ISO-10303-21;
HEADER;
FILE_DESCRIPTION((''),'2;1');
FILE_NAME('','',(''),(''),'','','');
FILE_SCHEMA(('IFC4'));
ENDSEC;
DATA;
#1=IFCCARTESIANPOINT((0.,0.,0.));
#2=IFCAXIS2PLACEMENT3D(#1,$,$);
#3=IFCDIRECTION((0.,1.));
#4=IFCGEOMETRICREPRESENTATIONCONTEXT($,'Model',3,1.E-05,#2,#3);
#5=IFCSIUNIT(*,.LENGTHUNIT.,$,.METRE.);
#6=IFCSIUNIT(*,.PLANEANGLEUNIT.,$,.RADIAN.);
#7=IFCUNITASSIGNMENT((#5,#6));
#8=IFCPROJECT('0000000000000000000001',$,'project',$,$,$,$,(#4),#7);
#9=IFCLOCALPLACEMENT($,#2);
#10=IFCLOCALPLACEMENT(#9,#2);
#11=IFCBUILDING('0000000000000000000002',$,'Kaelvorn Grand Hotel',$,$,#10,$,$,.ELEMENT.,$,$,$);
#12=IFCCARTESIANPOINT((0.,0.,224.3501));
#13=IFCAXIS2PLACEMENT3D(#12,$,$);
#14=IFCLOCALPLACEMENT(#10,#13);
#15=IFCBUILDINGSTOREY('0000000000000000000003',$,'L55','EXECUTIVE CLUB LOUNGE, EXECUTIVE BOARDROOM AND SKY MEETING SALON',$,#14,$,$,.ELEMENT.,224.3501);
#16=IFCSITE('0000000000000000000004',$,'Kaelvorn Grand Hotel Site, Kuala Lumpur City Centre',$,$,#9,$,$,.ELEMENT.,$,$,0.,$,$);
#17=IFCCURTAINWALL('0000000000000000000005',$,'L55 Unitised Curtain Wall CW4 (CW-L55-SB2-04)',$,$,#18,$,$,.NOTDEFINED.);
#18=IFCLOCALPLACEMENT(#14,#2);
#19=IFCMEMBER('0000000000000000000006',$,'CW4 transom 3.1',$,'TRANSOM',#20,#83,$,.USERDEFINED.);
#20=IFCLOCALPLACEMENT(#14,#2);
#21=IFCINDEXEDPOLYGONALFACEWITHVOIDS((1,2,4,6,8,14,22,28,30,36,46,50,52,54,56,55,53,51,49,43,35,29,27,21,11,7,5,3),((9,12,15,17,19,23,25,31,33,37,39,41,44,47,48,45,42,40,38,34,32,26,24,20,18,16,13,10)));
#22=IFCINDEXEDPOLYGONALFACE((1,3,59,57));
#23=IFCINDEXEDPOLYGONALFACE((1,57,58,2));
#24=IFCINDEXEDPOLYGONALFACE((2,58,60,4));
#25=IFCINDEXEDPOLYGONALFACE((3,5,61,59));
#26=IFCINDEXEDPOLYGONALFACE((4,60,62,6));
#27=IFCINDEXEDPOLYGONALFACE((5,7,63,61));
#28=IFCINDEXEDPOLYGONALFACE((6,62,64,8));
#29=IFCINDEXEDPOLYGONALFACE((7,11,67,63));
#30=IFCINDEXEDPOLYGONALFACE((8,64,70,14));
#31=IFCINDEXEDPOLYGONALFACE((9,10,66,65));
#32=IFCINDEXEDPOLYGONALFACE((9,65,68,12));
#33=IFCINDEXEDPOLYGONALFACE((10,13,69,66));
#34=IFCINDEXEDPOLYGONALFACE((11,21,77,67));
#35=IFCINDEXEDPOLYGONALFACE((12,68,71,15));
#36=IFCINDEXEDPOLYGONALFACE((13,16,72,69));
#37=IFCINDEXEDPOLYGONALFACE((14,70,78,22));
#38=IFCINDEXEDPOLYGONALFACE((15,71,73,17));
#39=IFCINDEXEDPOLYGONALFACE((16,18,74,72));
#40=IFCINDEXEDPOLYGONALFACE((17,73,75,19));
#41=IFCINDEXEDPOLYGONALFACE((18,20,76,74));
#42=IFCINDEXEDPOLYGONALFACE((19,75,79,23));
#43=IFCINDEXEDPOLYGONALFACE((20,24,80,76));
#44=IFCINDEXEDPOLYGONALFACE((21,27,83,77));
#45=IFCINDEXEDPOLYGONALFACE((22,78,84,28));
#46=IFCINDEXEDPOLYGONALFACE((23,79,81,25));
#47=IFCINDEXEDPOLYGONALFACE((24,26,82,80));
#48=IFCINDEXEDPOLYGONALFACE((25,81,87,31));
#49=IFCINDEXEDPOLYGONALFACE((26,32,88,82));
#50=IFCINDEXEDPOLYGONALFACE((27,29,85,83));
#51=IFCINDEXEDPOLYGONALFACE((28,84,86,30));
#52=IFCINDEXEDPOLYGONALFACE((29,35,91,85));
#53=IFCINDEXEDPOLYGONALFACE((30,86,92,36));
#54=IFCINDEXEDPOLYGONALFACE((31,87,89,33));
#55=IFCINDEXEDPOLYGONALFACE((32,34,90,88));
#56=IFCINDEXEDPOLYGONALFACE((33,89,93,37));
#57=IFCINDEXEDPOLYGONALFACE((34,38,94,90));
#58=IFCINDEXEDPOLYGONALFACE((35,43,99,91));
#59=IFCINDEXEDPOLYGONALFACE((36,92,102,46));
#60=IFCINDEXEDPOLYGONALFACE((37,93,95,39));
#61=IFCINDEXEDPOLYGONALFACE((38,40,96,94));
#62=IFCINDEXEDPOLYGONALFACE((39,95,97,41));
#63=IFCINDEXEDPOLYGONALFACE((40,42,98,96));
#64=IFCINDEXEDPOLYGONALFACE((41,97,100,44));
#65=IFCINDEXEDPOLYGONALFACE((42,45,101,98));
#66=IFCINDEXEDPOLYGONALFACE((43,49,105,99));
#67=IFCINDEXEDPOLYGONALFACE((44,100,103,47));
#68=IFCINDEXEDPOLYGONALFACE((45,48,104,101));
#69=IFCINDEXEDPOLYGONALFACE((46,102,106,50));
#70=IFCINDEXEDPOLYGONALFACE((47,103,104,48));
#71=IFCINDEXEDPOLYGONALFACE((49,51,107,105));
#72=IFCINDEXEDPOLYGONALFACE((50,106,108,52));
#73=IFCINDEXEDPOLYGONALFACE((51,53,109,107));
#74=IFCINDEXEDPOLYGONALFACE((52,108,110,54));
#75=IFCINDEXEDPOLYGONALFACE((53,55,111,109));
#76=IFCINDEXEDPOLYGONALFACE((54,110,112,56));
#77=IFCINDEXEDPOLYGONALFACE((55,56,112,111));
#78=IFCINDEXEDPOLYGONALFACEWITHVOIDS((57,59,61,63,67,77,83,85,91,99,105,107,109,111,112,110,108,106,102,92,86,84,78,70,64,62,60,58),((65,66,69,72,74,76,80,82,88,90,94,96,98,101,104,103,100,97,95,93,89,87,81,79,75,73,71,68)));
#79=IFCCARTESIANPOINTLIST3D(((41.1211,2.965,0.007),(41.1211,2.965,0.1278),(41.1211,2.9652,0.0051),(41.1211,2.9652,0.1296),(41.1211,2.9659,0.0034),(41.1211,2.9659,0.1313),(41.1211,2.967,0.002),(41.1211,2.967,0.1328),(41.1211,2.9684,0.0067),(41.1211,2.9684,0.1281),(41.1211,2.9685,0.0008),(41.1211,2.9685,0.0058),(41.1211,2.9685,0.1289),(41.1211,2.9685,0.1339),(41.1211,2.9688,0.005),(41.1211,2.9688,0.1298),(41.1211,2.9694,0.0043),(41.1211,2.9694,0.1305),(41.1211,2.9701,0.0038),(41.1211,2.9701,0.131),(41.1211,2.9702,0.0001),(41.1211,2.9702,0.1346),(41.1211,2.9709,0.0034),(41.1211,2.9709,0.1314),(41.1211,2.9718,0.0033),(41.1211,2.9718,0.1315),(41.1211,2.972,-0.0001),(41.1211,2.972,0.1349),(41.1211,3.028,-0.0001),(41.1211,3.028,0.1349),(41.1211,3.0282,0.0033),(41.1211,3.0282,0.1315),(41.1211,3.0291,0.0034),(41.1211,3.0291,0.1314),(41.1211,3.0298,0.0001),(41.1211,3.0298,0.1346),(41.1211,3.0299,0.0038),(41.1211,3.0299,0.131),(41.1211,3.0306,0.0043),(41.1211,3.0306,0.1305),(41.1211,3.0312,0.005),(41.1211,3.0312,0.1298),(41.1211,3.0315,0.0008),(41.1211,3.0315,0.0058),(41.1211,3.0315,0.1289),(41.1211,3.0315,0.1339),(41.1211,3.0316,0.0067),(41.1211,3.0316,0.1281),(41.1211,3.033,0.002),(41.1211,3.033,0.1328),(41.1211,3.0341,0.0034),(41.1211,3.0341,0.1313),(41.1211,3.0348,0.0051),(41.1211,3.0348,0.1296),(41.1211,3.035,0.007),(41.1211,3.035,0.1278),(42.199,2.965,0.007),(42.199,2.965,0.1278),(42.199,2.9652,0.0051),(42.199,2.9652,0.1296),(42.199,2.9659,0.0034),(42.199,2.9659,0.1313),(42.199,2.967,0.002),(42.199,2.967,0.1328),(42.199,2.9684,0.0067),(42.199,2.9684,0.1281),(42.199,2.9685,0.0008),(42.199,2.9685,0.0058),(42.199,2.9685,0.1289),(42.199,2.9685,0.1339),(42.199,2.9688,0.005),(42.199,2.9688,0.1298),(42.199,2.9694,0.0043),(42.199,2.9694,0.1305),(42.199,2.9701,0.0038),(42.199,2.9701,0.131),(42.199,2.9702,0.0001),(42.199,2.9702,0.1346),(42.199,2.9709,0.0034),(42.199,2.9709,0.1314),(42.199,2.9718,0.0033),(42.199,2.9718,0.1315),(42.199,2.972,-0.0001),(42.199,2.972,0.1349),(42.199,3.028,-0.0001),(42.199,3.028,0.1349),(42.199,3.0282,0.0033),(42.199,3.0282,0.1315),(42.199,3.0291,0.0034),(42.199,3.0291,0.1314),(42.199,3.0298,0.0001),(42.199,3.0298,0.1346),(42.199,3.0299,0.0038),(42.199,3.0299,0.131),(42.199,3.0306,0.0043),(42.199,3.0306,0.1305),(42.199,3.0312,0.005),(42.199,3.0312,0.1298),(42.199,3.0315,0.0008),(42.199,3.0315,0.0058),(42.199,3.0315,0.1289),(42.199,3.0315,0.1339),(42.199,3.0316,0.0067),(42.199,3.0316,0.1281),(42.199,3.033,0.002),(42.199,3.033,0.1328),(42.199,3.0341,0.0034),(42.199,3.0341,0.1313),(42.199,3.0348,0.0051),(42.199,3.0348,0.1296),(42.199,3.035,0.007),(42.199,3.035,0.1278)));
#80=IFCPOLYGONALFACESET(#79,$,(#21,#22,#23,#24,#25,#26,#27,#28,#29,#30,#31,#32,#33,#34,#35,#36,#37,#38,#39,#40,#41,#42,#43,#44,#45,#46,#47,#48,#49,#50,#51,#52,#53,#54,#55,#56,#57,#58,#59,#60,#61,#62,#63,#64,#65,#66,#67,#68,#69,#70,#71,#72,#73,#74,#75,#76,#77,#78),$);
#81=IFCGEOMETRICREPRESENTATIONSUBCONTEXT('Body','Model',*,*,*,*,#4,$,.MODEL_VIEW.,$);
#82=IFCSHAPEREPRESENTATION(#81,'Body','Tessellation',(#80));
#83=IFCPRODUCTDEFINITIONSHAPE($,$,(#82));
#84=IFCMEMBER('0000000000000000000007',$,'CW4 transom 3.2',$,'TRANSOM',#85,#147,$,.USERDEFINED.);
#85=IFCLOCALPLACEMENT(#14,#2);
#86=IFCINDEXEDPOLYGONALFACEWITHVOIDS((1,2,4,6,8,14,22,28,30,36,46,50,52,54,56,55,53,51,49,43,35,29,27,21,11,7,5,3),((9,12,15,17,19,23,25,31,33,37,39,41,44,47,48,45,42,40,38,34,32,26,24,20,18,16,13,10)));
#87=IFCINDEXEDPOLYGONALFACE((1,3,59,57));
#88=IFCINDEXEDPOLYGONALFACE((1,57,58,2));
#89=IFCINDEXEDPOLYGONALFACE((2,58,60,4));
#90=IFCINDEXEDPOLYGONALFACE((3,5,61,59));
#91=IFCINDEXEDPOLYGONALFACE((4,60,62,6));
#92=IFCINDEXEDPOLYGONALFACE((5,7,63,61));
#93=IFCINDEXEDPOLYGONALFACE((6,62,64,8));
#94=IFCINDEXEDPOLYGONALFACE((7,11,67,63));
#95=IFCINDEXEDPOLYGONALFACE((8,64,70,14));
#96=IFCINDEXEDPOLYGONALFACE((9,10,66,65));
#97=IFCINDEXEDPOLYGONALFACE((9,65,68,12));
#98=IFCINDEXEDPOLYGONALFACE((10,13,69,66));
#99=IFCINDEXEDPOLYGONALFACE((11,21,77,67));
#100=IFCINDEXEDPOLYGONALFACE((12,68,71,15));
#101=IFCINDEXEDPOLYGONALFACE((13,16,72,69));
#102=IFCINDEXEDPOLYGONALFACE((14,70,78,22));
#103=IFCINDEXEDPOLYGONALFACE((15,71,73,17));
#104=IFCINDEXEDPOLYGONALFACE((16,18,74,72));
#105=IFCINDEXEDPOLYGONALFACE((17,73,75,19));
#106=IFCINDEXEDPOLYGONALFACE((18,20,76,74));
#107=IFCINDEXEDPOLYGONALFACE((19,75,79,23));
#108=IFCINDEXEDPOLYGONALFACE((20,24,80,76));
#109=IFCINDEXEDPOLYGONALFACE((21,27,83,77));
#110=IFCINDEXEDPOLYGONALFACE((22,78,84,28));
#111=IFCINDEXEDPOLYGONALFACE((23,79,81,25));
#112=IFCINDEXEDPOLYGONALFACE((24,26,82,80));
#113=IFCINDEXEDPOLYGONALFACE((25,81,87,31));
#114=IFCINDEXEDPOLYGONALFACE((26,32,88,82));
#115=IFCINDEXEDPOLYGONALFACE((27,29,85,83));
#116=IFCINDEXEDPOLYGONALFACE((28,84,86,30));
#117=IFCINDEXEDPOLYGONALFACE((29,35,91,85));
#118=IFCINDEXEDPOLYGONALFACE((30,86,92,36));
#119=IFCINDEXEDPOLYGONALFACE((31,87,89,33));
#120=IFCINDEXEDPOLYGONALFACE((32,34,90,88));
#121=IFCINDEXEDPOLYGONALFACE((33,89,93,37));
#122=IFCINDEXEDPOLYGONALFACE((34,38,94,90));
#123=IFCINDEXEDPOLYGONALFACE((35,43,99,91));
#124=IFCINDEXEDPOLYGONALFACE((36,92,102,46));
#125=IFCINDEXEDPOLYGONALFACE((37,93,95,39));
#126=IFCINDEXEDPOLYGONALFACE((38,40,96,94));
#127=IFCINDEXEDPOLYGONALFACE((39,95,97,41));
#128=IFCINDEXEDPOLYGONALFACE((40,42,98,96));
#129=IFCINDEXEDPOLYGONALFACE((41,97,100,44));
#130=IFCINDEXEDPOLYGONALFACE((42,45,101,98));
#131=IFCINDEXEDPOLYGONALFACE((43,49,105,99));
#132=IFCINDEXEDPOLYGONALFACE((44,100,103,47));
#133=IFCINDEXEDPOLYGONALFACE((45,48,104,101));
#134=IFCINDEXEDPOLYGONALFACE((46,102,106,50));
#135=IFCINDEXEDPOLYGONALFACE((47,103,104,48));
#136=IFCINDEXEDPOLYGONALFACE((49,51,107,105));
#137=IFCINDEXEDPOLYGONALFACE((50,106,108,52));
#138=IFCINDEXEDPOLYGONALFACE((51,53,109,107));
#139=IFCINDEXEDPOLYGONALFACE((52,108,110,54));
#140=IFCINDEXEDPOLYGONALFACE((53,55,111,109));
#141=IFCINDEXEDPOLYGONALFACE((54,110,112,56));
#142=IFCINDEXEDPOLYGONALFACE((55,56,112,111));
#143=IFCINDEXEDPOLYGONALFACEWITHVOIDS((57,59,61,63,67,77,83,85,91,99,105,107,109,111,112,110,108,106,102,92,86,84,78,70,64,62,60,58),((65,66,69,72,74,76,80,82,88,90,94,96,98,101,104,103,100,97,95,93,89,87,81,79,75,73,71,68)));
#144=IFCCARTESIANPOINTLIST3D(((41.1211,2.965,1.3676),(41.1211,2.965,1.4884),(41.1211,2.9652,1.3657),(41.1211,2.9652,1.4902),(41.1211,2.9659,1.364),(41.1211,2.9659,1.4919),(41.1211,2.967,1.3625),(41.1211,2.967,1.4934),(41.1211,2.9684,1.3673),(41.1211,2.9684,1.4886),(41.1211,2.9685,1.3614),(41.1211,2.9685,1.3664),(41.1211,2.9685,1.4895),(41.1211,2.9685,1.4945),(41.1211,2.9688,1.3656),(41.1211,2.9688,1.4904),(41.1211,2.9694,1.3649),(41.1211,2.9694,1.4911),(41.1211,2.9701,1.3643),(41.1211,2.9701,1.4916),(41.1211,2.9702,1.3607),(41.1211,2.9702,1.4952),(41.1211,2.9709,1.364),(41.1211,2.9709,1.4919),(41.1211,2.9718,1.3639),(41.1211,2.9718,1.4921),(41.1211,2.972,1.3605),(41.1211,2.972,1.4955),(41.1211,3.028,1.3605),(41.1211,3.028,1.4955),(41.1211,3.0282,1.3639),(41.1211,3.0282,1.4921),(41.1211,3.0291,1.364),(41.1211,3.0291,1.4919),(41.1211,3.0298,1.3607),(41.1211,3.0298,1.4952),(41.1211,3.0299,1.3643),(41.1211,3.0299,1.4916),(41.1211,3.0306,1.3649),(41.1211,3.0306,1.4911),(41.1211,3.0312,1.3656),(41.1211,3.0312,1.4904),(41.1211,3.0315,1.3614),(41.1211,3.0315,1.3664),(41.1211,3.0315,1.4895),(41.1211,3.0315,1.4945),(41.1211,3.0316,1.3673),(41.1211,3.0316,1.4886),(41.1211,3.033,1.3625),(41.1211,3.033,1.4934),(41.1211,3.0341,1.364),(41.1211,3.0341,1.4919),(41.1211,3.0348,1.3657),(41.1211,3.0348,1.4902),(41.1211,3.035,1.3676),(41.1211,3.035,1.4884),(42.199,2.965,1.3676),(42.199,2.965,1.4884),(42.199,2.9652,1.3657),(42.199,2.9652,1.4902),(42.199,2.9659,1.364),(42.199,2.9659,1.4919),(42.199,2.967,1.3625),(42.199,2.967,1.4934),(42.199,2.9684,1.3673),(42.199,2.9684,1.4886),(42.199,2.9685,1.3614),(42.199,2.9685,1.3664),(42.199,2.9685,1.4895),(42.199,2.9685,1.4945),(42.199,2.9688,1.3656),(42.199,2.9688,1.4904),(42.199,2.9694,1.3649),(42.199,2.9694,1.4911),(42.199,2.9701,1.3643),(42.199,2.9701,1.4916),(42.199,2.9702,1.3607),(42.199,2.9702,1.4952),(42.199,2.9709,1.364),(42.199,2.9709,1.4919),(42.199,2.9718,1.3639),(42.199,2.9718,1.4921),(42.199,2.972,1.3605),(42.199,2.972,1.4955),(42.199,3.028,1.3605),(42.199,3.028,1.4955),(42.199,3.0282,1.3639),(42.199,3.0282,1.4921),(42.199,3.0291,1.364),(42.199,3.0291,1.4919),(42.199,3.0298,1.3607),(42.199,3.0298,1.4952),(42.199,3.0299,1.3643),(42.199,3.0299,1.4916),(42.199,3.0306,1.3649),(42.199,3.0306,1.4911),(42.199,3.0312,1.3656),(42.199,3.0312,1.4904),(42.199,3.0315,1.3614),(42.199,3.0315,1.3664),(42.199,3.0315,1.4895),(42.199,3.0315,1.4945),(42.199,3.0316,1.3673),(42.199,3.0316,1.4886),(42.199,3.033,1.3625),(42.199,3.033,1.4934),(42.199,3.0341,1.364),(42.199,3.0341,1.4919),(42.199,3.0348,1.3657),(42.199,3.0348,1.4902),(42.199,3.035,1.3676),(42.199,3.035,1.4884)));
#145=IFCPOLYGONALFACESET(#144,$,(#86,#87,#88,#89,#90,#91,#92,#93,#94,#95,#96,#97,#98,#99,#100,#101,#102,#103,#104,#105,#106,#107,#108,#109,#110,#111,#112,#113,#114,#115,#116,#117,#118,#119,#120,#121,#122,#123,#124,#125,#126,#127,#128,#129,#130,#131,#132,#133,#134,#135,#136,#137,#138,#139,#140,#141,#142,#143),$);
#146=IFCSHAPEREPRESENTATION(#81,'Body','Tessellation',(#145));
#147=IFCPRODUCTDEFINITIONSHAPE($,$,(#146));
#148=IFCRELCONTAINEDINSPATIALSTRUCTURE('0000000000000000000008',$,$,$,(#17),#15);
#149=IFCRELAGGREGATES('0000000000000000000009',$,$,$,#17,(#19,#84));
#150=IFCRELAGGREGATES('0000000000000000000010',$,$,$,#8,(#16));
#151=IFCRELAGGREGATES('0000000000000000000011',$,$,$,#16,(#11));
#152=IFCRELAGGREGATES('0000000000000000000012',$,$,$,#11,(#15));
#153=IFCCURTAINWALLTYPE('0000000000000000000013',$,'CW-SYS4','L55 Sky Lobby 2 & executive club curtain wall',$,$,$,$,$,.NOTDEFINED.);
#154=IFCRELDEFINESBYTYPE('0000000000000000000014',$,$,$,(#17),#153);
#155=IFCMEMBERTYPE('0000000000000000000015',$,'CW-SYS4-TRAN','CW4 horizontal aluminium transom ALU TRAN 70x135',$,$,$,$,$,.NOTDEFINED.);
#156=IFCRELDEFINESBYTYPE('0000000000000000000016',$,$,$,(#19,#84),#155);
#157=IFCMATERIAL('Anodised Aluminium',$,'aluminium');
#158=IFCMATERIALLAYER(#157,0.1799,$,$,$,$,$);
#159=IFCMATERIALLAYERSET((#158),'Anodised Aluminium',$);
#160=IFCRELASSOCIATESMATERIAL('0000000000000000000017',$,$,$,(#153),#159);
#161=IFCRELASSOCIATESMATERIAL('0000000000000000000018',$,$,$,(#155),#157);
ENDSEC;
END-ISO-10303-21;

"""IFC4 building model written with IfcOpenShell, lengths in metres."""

from ifc_helpers import new_model, si_unit, direction, frame, origin, origin_2d, place, context, subcontext, project, spatial, hollow_rectangle, extrude, material, layer, layer_set, material_profile, profile_set, type_object, element, aggregate, save


model = new_model("IFC4")

# Units and contexts
model_context = context("Model", 3, precision=1e-05, world=origin(), true_north=direction((0.0, 1.0)))
body_context = subcontext(model_context, "Body", "Model", "MODEL_VIEW")
ifc_project = project(units=[si_unit("LENGTHUNIT", "METRE"), si_unit("PLANEANGLEUNIT", "RADIAN")], contexts=[model_context])

# Site, building, storey
site_placement = place(None, origin())
site = spatial("IfcSite", under=ifc_project, at=site_placement, Name="Kaelvorn Grand Hotel Site, Kuala Lumpur City Centre", CompositionType="ELEMENT", RefElevation=0.0)
building_placement = place(site_placement, origin())
building = spatial("IfcBuilding", under=site, at=building_placement, Name="Kaelvorn Grand Hotel", CompositionType="ELEMENT")
storey_placement = place(building_placement, frame((0.0, 0.0, 224.3501)))
storey = spatial("IfcBuildingStorey", under=building, at=storey_placement, Name="L55", Description="EXECUTIVE CLUB LOUNGE, EXECUTIVE BOARDROOM AND SKY MEETING SALON", CompositionType="ELEMENT", Elevation=224.3501)

# Curtain wall
ifc_material_1 = material(Name="Anodised Aluminium", Category="aluminium")
ifc_layer_1 = layer(ifc_material_1, 0.1799)
ifc_layer_set_1 = layer_set([ifc_layer_1], Name="Anodised Aluminium")
curtain_wall_type = type_object("IfcCurtainWallType", Name="CW-SYS4", Description="L55 Sky Lobby 2 & executive club curtain wall", PredefinedType="NOTDEFINED", material=ifc_layer_set_1)
curtain_wall_1_placement = place(storey_placement, origin())
curtain_wall_1 = element("IfcCurtainWall", 1, at=curtain_wall_1_placement, inside=storey, type_object=curtain_wall_type, Name="L55 Unitised Curtain Wall CW4 (CW-L55-SB2-04)", PredefinedType="NOTDEFINED")

# Members
ifc_material_profile_1 = material_profile(ifc_material_1, hollow_rectangle(XDim=0.0701, YDim=0.135, WallThickness=0.0034, InnerFilletRadius=0.0034, OuterFilletRadius=0.0071, at=origin_2d()), Name="ALU TRAN 70x135")
ifc_profile_set_1 = profile_set([ifc_material_profile_1], Name="Anodised Aluminium")
member_type_1 = type_object("IfcMemberType", Name="CW-SYS4-TRAN", Description="CW4 horizontal aluminium transom ALU TRAN 70x135", PredefinedType="NOTDEFINED", material=ifc_profile_set_1)
member_1_placement = place(storey_placement, frame((41.1211, 3.0, 0.0674), z_axis=(1.0, 0.0, 0.0), x_axis=(0.0, 1.0, 0.0)))
member_1 = element("IfcMember", 2, at=member_1_placement, type_object=member_type_1, Name="CW4 transom 3.1", ObjectType="TRANSOM", PredefinedType="USERDEFINED", context=body_context, shape_type="SweptSolid", body=[
    extrude(hollow_rectangle(XDim=0.0701, YDim=0.135, WallThickness=0.0034, InnerFilletRadius=0.0034, OuterFilletRadius=0.0071, at=origin_2d()), origin(), (0.0, 0.0, 1.0), 1.0779),
])
member_2_placement = place(storey_placement, frame((41.1211, 3.0, 1.428), z_axis=(1.0, 0.0, 0.0), x_axis=(0.0, 1.0, 0.0)))
member_2 = element("IfcMember", 3, at=member_2_placement, type_object=member_type_1, Name="CW4 transom 3.2", ObjectType="TRANSOM", PredefinedType="USERDEFINED", context=body_context, shape_type="SweptSolid", body=[
    extrude(hollow_rectangle(XDim=0.0701, YDim=0.135, WallThickness=0.0034, InnerFilletRadius=0.0034, OuterFilletRadius=0.0071, at=origin_2d()), origin(), (0.0, 0.0, 1.0), 1.0779),
])

aggregate(curtain_wall_1, [member_1, member_2])

save(model, "model.ifc")
